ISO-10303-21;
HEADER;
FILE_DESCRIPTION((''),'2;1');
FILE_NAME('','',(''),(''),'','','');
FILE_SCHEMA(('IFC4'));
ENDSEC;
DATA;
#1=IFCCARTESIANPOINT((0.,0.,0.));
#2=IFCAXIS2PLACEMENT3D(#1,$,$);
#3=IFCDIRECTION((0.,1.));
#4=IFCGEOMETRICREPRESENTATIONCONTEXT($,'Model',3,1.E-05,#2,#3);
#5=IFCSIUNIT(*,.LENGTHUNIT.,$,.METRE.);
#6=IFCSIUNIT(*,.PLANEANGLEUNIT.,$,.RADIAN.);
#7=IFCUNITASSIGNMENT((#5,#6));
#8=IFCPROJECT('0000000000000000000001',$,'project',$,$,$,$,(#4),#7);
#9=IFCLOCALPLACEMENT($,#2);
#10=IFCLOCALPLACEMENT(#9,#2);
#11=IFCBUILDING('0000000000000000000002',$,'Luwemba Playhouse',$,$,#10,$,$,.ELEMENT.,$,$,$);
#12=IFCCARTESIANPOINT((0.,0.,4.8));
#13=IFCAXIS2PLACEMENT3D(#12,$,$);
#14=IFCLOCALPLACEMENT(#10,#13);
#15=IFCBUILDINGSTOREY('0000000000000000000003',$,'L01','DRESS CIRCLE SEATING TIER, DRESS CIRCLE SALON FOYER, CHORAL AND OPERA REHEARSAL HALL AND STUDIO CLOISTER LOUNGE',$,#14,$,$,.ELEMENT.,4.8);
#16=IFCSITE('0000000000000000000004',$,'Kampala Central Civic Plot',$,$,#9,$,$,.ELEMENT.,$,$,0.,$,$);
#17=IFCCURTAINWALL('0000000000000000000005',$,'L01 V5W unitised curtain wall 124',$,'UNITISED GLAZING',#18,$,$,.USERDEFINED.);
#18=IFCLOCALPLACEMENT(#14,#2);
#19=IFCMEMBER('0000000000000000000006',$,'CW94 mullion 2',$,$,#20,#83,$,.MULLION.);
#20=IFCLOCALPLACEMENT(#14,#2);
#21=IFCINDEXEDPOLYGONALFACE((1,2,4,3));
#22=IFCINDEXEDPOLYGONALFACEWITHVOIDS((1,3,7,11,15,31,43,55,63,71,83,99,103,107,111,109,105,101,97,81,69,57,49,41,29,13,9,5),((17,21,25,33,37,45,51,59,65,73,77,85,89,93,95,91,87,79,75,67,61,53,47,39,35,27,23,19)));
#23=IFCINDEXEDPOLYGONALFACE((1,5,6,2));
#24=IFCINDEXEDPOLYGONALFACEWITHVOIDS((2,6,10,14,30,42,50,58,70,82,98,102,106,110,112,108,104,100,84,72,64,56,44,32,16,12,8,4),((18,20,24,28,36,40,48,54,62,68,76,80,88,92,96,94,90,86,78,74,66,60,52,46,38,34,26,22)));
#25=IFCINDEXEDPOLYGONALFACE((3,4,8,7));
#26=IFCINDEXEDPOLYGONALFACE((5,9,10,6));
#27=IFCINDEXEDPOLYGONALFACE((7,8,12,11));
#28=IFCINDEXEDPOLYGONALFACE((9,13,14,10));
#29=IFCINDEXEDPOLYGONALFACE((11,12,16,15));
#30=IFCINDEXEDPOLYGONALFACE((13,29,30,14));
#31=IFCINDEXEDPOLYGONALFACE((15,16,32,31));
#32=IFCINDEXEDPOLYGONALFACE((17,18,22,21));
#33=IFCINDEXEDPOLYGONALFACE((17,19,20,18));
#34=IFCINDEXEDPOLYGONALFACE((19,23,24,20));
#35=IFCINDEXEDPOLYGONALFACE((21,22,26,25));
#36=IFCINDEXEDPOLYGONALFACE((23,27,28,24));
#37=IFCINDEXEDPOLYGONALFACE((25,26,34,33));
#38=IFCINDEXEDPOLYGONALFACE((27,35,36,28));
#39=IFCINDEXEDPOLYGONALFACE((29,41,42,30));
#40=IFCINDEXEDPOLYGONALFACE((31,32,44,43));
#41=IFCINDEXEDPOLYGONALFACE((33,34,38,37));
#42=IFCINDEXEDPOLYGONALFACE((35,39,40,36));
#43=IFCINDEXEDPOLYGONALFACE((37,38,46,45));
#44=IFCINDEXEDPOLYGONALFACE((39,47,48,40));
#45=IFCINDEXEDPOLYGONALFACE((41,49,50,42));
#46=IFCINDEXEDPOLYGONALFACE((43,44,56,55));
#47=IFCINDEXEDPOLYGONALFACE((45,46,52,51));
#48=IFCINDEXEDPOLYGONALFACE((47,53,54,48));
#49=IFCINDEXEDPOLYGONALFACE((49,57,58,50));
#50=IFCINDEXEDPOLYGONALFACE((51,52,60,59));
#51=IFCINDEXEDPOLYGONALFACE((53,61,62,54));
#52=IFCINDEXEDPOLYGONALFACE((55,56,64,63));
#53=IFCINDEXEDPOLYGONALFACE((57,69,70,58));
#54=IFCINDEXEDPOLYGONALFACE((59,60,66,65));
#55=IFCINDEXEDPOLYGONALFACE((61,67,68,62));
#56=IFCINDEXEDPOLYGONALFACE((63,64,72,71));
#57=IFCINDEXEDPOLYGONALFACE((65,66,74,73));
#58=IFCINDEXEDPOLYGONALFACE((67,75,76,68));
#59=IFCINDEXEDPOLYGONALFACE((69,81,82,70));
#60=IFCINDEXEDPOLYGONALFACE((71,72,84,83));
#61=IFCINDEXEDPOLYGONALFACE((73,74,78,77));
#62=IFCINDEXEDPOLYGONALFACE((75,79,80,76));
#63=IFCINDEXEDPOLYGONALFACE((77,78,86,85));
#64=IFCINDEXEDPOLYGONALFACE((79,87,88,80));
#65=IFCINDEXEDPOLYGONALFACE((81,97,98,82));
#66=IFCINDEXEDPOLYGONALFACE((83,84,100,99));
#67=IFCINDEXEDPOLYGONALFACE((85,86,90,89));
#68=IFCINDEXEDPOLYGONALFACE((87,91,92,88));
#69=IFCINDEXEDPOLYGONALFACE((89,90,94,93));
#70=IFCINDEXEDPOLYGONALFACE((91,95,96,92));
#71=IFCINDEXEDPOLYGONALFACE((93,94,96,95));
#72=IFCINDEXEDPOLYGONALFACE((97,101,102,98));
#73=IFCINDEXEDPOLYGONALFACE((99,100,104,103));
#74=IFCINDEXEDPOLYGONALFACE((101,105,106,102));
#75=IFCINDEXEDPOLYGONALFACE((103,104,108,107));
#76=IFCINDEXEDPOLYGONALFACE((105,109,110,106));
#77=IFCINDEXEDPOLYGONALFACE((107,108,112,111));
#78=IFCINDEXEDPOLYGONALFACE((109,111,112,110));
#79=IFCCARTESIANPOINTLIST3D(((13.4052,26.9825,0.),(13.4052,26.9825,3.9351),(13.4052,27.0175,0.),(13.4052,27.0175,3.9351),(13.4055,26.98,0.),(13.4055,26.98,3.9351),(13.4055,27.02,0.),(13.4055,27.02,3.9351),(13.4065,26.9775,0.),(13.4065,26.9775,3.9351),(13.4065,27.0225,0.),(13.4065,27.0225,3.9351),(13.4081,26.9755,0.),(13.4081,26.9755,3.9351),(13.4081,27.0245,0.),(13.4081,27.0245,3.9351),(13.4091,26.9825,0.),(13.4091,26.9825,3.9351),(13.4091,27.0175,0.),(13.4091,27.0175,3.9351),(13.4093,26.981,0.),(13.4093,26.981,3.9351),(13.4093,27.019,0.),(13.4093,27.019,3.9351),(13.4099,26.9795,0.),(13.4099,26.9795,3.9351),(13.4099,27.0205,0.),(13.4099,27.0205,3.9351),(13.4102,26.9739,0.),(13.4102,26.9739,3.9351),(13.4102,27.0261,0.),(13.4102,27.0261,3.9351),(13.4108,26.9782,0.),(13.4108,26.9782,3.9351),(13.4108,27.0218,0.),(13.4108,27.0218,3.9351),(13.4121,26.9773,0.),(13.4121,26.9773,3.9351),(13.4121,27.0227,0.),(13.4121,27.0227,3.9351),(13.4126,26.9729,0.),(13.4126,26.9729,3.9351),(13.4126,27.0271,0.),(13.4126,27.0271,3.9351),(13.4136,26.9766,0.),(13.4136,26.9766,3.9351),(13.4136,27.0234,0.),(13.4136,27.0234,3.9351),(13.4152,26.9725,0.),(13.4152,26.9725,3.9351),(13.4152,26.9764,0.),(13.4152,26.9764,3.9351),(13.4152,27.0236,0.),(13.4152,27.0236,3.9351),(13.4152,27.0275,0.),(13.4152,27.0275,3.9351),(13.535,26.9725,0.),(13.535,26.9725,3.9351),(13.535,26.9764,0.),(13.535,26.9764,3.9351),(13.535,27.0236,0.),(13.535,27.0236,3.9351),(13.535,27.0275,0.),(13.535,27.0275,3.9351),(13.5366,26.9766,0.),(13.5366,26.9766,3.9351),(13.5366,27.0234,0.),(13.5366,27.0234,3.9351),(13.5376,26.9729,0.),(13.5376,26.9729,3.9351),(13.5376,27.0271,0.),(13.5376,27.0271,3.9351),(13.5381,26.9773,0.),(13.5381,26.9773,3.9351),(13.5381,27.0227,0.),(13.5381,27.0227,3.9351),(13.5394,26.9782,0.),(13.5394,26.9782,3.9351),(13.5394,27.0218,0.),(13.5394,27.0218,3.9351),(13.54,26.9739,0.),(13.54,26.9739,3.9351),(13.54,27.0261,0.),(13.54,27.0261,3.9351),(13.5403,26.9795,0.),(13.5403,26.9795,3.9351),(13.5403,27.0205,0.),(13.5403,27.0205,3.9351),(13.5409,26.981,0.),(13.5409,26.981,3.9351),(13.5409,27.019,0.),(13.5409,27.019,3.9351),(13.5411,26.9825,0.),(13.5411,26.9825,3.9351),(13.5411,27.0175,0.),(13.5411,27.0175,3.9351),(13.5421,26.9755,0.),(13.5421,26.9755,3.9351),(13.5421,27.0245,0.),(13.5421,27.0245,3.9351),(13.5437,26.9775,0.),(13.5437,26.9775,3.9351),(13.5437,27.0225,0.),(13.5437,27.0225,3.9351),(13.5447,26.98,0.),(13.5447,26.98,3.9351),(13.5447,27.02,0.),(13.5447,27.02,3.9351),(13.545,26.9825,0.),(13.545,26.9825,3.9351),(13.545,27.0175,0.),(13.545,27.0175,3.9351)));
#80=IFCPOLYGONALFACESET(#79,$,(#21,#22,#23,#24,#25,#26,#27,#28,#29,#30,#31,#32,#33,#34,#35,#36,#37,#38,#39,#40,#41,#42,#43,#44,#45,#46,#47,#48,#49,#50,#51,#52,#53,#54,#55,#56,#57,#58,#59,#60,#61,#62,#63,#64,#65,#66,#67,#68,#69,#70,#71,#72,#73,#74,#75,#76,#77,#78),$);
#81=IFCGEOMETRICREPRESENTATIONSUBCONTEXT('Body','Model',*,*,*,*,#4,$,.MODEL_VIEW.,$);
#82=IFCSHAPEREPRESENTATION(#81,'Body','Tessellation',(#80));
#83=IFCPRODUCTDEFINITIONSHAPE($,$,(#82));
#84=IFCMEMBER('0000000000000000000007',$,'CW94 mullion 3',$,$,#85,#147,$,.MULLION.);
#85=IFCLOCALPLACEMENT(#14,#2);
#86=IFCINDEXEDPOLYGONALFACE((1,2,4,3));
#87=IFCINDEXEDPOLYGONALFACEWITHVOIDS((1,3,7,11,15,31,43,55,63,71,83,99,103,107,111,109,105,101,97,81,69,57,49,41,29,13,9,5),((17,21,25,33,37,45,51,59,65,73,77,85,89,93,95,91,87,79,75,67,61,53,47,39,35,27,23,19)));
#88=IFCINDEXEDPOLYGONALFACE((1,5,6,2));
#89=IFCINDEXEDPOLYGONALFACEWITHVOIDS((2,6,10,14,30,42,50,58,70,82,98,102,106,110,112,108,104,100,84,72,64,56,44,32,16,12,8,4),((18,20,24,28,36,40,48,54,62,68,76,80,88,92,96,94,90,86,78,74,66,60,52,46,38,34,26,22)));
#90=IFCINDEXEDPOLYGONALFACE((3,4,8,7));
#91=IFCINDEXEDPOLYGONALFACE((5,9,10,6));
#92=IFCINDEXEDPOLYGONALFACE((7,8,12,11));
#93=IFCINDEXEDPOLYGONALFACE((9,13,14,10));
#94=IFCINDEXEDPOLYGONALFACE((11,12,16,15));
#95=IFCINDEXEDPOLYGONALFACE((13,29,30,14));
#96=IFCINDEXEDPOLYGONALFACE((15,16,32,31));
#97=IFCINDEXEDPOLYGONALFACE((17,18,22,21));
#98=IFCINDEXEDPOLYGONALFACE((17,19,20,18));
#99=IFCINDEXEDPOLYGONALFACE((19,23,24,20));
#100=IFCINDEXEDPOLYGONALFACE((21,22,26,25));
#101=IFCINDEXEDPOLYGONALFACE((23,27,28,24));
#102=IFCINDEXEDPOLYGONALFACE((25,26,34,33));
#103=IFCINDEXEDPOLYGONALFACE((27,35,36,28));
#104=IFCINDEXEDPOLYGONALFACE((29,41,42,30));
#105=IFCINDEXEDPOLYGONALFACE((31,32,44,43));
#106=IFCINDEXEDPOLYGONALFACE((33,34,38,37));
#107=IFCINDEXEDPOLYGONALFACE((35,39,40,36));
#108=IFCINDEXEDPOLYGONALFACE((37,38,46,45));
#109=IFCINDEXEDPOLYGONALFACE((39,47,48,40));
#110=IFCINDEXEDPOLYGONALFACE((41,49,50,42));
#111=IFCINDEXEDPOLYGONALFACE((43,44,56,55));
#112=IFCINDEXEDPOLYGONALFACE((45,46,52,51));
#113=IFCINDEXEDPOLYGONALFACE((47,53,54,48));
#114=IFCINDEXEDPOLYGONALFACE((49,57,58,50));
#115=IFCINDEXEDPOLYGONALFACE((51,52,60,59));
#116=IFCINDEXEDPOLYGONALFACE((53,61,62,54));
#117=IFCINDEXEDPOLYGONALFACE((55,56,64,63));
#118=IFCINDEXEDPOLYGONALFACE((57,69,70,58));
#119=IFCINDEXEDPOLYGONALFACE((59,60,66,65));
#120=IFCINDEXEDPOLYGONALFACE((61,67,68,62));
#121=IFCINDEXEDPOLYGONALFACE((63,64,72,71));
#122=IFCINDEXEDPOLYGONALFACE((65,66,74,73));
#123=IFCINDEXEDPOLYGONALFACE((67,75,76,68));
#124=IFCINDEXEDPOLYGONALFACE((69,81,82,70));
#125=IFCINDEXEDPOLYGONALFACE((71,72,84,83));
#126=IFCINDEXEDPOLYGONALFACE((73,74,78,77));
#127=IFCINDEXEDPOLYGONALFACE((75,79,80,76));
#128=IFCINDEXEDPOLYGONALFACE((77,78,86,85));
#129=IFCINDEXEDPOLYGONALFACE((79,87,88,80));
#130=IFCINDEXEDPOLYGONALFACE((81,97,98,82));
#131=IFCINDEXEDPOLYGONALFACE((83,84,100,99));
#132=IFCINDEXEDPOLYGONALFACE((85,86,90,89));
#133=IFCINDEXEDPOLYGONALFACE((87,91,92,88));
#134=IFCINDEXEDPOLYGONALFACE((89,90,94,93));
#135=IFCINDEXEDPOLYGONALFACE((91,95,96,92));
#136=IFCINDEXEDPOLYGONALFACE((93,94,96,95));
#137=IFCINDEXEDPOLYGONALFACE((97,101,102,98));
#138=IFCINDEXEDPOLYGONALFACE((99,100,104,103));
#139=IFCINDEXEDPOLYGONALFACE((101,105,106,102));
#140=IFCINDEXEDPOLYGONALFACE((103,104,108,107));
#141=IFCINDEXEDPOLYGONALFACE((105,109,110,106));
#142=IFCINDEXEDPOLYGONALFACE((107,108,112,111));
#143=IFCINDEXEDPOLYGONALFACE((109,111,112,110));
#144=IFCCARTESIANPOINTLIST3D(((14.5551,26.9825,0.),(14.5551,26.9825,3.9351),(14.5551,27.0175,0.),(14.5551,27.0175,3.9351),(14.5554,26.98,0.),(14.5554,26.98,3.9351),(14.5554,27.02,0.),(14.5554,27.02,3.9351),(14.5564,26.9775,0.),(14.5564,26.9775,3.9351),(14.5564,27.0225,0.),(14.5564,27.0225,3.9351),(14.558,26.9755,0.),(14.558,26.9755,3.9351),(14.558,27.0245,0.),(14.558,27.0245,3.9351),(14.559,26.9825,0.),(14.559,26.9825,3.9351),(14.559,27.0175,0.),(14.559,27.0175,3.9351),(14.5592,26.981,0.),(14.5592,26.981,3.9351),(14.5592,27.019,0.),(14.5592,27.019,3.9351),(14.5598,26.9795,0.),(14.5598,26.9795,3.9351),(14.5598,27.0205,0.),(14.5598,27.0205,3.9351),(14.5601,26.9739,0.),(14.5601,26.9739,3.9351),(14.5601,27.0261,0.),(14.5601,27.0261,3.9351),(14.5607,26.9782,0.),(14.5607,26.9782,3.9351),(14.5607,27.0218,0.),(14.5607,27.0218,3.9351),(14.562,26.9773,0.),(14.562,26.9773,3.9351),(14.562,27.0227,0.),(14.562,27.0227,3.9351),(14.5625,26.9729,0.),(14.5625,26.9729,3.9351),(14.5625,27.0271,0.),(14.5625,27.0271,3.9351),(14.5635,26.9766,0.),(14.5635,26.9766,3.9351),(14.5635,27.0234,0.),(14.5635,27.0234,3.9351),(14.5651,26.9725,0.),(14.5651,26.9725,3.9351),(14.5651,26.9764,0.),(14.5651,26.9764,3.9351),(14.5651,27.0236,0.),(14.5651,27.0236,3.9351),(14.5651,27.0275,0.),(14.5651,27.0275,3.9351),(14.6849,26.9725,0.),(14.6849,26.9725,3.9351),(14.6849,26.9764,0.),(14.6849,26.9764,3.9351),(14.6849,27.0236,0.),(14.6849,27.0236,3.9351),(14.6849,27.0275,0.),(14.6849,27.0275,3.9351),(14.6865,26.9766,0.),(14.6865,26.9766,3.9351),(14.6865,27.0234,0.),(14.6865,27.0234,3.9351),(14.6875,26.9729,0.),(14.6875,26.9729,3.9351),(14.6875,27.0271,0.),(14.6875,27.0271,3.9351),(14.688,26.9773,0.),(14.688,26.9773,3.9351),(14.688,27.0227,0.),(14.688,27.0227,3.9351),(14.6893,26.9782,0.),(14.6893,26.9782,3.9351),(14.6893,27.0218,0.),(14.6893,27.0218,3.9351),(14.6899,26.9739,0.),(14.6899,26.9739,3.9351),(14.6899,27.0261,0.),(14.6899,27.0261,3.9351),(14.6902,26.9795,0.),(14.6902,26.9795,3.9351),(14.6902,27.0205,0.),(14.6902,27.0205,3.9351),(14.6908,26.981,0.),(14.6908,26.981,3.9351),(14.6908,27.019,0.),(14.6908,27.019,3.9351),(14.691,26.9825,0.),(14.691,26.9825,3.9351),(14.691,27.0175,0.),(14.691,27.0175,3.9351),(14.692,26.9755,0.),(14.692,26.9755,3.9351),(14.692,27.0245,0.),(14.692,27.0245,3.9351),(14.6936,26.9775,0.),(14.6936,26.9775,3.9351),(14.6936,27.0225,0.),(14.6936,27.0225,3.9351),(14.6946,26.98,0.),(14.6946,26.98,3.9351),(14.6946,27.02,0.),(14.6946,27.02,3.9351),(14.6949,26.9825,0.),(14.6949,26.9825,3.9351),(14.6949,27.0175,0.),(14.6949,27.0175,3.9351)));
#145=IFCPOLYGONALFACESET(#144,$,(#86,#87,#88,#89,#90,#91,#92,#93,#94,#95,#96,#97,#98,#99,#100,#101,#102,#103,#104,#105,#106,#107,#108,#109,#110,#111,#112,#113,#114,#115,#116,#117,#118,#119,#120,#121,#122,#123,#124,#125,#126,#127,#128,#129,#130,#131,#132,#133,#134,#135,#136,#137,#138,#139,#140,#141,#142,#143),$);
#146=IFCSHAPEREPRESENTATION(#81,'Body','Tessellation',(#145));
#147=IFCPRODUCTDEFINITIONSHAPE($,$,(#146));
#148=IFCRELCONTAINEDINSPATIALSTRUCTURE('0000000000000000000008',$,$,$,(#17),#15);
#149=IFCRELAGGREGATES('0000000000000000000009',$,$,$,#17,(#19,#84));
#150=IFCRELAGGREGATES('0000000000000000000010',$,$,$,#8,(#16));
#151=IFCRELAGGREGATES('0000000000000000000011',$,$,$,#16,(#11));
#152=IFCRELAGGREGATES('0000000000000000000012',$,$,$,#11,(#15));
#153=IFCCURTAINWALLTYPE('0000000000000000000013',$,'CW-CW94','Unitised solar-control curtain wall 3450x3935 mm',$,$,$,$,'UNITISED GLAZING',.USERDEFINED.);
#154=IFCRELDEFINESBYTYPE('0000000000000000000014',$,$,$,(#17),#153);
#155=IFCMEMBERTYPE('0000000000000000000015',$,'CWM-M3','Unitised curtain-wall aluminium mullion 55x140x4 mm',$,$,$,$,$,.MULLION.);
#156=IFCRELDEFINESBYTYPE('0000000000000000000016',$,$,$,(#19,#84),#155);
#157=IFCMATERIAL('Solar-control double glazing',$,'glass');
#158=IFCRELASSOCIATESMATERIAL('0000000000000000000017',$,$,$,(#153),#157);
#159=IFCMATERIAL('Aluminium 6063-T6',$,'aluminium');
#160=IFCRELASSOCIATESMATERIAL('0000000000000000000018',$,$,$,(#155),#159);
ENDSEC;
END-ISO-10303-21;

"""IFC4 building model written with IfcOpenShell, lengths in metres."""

from ifc_helpers import new_model, si_unit, direction, frame, origin, origin_2d, place, context, subcontext, project, spatial, hollow_rectangle, extrude, material, material_profile, profile_set, type_object, element, aggregate, save


model = new_model("IFC4")

# Units and contexts
model_context = context("Model", 3, precision=1e-05, world=origin(), true_north=direction((0.0, 1.0)))
body_context = subcontext(model_context, "Body", "Model", "MODEL_VIEW")
ifc_project = project(units=[si_unit("LENGTHUNIT", "METRE"), si_unit("PLANEANGLEUNIT", "RADIAN")], contexts=[model_context])

# Site, building, storey
site_placement = place(None, origin())
site = spatial("IfcSite", under=ifc_project, at=site_placement, Name="Kampala Central Civic Plot", CompositionType="ELEMENT", RefElevation=0.0)
building_placement = place(site_placement, origin())
building = spatial("IfcBuilding", under=site, at=building_placement, Name="Luwemba Playhouse", CompositionType="ELEMENT")
storey_placement = place(building_placement, frame((0.0, 0.0, 4.8)))
storey = spatial("IfcBuildingStorey", under=building, at=storey_placement, Name="L01", Description="DRESS CIRCLE SEATING TIER, DRESS CIRCLE SALON FOYER, CHORAL AND OPERA REHEARSAL HALL AND STUDIO CLOISTER LOUNGE", CompositionType="ELEMENT", Elevation=4.8)

# Shared definitions
ifc_material_1 = material(Name="Solar-control double glazing", Category="glass")
ifc_material_2 = material(Name="Aluminium 6063-T6", Category="aluminium")

# Curtain wall, members
curtain_wall_type_1 = type_object("IfcCurtainWallType", Name="CW-CW94", Description="Unitised solar-control curtain wall 3450x3935 mm", ElementType="UNITISED GLAZING", PredefinedType="USERDEFINED", material=ifc_material_1)
curtain_wall_1_placement = place(storey_placement, origin())
curtain_wall_1 = element("IfcCurtainWall", 1, at=curtain_wall_1_placement, inside=storey, type_object=curtain_wall_type_1, Name="L01 V5W unitised curtain wall 124", ObjectType="UNITISED GLAZING", PredefinedType="USERDEFINED")
ifc_material_profile_1 = material_profile(ifc_material_2, hollow_rectangle(XDim=0.0549, YDim=0.1399, WallThickness=0.0039, InnerFilletRadius=0.0061, OuterFilletRadius=0.01, at=origin_2d()))
ifc_profile_set_1 = profile_set([ifc_material_profile_1], Name="Aluminium 6063-T6")
member_type_1 = type_object("IfcMemberType", Name="CWM-M3", Description="Unitised curtain-wall aluminium mullion 55x140x4 mm", PredefinedType="MULLION", material=ifc_profile_set_1)
member_1_placement = place(storey_placement, frame((13.4751, 27.0, 0.0), z_axis=(0.0, 0.0, 1.0), x_axis=(0.0, 1.0, 0.0)))
member_1 = element("IfcMember", 2, at=member_1_placement, type_object=member_type_1, Name="CW94 mullion 2", PredefinedType="MULLION", context=body_context, shape_type="SweptSolid", body=[
    extrude(hollow_rectangle(XDim=0.0549, YDim=0.1399, WallThickness=0.0039, InnerFilletRadius=0.0061, OuterFilletRadius=0.01, at=origin_2d()), origin(), (0.0, 0.0, 1.0), 3.9351),
])
member_2_placement = place(storey_placement, frame((14.625, 27.0, 0.0), z_axis=(0.0, 0.0, 1.0), x_axis=(0.0, 1.0, 0.0)))
member_2 = element("IfcMember", 3, at=member_2_placement, type_object=member_type_1, Name="CW94 mullion 3", PredefinedType="MULLION", context=body_context, shape_type="SweptSolid", body=[
    extrude(hollow_rectangle(XDim=0.0549, YDim=0.1399, WallThickness=0.0039, InnerFilletRadius=0.0061, OuterFilletRadius=0.01, at=origin_2d()), origin(), (0.0, 0.0, 1.0), 3.9351),
])

aggregate(curtain_wall_1, [member_1, member_2])

save(model, "model.ifc")
